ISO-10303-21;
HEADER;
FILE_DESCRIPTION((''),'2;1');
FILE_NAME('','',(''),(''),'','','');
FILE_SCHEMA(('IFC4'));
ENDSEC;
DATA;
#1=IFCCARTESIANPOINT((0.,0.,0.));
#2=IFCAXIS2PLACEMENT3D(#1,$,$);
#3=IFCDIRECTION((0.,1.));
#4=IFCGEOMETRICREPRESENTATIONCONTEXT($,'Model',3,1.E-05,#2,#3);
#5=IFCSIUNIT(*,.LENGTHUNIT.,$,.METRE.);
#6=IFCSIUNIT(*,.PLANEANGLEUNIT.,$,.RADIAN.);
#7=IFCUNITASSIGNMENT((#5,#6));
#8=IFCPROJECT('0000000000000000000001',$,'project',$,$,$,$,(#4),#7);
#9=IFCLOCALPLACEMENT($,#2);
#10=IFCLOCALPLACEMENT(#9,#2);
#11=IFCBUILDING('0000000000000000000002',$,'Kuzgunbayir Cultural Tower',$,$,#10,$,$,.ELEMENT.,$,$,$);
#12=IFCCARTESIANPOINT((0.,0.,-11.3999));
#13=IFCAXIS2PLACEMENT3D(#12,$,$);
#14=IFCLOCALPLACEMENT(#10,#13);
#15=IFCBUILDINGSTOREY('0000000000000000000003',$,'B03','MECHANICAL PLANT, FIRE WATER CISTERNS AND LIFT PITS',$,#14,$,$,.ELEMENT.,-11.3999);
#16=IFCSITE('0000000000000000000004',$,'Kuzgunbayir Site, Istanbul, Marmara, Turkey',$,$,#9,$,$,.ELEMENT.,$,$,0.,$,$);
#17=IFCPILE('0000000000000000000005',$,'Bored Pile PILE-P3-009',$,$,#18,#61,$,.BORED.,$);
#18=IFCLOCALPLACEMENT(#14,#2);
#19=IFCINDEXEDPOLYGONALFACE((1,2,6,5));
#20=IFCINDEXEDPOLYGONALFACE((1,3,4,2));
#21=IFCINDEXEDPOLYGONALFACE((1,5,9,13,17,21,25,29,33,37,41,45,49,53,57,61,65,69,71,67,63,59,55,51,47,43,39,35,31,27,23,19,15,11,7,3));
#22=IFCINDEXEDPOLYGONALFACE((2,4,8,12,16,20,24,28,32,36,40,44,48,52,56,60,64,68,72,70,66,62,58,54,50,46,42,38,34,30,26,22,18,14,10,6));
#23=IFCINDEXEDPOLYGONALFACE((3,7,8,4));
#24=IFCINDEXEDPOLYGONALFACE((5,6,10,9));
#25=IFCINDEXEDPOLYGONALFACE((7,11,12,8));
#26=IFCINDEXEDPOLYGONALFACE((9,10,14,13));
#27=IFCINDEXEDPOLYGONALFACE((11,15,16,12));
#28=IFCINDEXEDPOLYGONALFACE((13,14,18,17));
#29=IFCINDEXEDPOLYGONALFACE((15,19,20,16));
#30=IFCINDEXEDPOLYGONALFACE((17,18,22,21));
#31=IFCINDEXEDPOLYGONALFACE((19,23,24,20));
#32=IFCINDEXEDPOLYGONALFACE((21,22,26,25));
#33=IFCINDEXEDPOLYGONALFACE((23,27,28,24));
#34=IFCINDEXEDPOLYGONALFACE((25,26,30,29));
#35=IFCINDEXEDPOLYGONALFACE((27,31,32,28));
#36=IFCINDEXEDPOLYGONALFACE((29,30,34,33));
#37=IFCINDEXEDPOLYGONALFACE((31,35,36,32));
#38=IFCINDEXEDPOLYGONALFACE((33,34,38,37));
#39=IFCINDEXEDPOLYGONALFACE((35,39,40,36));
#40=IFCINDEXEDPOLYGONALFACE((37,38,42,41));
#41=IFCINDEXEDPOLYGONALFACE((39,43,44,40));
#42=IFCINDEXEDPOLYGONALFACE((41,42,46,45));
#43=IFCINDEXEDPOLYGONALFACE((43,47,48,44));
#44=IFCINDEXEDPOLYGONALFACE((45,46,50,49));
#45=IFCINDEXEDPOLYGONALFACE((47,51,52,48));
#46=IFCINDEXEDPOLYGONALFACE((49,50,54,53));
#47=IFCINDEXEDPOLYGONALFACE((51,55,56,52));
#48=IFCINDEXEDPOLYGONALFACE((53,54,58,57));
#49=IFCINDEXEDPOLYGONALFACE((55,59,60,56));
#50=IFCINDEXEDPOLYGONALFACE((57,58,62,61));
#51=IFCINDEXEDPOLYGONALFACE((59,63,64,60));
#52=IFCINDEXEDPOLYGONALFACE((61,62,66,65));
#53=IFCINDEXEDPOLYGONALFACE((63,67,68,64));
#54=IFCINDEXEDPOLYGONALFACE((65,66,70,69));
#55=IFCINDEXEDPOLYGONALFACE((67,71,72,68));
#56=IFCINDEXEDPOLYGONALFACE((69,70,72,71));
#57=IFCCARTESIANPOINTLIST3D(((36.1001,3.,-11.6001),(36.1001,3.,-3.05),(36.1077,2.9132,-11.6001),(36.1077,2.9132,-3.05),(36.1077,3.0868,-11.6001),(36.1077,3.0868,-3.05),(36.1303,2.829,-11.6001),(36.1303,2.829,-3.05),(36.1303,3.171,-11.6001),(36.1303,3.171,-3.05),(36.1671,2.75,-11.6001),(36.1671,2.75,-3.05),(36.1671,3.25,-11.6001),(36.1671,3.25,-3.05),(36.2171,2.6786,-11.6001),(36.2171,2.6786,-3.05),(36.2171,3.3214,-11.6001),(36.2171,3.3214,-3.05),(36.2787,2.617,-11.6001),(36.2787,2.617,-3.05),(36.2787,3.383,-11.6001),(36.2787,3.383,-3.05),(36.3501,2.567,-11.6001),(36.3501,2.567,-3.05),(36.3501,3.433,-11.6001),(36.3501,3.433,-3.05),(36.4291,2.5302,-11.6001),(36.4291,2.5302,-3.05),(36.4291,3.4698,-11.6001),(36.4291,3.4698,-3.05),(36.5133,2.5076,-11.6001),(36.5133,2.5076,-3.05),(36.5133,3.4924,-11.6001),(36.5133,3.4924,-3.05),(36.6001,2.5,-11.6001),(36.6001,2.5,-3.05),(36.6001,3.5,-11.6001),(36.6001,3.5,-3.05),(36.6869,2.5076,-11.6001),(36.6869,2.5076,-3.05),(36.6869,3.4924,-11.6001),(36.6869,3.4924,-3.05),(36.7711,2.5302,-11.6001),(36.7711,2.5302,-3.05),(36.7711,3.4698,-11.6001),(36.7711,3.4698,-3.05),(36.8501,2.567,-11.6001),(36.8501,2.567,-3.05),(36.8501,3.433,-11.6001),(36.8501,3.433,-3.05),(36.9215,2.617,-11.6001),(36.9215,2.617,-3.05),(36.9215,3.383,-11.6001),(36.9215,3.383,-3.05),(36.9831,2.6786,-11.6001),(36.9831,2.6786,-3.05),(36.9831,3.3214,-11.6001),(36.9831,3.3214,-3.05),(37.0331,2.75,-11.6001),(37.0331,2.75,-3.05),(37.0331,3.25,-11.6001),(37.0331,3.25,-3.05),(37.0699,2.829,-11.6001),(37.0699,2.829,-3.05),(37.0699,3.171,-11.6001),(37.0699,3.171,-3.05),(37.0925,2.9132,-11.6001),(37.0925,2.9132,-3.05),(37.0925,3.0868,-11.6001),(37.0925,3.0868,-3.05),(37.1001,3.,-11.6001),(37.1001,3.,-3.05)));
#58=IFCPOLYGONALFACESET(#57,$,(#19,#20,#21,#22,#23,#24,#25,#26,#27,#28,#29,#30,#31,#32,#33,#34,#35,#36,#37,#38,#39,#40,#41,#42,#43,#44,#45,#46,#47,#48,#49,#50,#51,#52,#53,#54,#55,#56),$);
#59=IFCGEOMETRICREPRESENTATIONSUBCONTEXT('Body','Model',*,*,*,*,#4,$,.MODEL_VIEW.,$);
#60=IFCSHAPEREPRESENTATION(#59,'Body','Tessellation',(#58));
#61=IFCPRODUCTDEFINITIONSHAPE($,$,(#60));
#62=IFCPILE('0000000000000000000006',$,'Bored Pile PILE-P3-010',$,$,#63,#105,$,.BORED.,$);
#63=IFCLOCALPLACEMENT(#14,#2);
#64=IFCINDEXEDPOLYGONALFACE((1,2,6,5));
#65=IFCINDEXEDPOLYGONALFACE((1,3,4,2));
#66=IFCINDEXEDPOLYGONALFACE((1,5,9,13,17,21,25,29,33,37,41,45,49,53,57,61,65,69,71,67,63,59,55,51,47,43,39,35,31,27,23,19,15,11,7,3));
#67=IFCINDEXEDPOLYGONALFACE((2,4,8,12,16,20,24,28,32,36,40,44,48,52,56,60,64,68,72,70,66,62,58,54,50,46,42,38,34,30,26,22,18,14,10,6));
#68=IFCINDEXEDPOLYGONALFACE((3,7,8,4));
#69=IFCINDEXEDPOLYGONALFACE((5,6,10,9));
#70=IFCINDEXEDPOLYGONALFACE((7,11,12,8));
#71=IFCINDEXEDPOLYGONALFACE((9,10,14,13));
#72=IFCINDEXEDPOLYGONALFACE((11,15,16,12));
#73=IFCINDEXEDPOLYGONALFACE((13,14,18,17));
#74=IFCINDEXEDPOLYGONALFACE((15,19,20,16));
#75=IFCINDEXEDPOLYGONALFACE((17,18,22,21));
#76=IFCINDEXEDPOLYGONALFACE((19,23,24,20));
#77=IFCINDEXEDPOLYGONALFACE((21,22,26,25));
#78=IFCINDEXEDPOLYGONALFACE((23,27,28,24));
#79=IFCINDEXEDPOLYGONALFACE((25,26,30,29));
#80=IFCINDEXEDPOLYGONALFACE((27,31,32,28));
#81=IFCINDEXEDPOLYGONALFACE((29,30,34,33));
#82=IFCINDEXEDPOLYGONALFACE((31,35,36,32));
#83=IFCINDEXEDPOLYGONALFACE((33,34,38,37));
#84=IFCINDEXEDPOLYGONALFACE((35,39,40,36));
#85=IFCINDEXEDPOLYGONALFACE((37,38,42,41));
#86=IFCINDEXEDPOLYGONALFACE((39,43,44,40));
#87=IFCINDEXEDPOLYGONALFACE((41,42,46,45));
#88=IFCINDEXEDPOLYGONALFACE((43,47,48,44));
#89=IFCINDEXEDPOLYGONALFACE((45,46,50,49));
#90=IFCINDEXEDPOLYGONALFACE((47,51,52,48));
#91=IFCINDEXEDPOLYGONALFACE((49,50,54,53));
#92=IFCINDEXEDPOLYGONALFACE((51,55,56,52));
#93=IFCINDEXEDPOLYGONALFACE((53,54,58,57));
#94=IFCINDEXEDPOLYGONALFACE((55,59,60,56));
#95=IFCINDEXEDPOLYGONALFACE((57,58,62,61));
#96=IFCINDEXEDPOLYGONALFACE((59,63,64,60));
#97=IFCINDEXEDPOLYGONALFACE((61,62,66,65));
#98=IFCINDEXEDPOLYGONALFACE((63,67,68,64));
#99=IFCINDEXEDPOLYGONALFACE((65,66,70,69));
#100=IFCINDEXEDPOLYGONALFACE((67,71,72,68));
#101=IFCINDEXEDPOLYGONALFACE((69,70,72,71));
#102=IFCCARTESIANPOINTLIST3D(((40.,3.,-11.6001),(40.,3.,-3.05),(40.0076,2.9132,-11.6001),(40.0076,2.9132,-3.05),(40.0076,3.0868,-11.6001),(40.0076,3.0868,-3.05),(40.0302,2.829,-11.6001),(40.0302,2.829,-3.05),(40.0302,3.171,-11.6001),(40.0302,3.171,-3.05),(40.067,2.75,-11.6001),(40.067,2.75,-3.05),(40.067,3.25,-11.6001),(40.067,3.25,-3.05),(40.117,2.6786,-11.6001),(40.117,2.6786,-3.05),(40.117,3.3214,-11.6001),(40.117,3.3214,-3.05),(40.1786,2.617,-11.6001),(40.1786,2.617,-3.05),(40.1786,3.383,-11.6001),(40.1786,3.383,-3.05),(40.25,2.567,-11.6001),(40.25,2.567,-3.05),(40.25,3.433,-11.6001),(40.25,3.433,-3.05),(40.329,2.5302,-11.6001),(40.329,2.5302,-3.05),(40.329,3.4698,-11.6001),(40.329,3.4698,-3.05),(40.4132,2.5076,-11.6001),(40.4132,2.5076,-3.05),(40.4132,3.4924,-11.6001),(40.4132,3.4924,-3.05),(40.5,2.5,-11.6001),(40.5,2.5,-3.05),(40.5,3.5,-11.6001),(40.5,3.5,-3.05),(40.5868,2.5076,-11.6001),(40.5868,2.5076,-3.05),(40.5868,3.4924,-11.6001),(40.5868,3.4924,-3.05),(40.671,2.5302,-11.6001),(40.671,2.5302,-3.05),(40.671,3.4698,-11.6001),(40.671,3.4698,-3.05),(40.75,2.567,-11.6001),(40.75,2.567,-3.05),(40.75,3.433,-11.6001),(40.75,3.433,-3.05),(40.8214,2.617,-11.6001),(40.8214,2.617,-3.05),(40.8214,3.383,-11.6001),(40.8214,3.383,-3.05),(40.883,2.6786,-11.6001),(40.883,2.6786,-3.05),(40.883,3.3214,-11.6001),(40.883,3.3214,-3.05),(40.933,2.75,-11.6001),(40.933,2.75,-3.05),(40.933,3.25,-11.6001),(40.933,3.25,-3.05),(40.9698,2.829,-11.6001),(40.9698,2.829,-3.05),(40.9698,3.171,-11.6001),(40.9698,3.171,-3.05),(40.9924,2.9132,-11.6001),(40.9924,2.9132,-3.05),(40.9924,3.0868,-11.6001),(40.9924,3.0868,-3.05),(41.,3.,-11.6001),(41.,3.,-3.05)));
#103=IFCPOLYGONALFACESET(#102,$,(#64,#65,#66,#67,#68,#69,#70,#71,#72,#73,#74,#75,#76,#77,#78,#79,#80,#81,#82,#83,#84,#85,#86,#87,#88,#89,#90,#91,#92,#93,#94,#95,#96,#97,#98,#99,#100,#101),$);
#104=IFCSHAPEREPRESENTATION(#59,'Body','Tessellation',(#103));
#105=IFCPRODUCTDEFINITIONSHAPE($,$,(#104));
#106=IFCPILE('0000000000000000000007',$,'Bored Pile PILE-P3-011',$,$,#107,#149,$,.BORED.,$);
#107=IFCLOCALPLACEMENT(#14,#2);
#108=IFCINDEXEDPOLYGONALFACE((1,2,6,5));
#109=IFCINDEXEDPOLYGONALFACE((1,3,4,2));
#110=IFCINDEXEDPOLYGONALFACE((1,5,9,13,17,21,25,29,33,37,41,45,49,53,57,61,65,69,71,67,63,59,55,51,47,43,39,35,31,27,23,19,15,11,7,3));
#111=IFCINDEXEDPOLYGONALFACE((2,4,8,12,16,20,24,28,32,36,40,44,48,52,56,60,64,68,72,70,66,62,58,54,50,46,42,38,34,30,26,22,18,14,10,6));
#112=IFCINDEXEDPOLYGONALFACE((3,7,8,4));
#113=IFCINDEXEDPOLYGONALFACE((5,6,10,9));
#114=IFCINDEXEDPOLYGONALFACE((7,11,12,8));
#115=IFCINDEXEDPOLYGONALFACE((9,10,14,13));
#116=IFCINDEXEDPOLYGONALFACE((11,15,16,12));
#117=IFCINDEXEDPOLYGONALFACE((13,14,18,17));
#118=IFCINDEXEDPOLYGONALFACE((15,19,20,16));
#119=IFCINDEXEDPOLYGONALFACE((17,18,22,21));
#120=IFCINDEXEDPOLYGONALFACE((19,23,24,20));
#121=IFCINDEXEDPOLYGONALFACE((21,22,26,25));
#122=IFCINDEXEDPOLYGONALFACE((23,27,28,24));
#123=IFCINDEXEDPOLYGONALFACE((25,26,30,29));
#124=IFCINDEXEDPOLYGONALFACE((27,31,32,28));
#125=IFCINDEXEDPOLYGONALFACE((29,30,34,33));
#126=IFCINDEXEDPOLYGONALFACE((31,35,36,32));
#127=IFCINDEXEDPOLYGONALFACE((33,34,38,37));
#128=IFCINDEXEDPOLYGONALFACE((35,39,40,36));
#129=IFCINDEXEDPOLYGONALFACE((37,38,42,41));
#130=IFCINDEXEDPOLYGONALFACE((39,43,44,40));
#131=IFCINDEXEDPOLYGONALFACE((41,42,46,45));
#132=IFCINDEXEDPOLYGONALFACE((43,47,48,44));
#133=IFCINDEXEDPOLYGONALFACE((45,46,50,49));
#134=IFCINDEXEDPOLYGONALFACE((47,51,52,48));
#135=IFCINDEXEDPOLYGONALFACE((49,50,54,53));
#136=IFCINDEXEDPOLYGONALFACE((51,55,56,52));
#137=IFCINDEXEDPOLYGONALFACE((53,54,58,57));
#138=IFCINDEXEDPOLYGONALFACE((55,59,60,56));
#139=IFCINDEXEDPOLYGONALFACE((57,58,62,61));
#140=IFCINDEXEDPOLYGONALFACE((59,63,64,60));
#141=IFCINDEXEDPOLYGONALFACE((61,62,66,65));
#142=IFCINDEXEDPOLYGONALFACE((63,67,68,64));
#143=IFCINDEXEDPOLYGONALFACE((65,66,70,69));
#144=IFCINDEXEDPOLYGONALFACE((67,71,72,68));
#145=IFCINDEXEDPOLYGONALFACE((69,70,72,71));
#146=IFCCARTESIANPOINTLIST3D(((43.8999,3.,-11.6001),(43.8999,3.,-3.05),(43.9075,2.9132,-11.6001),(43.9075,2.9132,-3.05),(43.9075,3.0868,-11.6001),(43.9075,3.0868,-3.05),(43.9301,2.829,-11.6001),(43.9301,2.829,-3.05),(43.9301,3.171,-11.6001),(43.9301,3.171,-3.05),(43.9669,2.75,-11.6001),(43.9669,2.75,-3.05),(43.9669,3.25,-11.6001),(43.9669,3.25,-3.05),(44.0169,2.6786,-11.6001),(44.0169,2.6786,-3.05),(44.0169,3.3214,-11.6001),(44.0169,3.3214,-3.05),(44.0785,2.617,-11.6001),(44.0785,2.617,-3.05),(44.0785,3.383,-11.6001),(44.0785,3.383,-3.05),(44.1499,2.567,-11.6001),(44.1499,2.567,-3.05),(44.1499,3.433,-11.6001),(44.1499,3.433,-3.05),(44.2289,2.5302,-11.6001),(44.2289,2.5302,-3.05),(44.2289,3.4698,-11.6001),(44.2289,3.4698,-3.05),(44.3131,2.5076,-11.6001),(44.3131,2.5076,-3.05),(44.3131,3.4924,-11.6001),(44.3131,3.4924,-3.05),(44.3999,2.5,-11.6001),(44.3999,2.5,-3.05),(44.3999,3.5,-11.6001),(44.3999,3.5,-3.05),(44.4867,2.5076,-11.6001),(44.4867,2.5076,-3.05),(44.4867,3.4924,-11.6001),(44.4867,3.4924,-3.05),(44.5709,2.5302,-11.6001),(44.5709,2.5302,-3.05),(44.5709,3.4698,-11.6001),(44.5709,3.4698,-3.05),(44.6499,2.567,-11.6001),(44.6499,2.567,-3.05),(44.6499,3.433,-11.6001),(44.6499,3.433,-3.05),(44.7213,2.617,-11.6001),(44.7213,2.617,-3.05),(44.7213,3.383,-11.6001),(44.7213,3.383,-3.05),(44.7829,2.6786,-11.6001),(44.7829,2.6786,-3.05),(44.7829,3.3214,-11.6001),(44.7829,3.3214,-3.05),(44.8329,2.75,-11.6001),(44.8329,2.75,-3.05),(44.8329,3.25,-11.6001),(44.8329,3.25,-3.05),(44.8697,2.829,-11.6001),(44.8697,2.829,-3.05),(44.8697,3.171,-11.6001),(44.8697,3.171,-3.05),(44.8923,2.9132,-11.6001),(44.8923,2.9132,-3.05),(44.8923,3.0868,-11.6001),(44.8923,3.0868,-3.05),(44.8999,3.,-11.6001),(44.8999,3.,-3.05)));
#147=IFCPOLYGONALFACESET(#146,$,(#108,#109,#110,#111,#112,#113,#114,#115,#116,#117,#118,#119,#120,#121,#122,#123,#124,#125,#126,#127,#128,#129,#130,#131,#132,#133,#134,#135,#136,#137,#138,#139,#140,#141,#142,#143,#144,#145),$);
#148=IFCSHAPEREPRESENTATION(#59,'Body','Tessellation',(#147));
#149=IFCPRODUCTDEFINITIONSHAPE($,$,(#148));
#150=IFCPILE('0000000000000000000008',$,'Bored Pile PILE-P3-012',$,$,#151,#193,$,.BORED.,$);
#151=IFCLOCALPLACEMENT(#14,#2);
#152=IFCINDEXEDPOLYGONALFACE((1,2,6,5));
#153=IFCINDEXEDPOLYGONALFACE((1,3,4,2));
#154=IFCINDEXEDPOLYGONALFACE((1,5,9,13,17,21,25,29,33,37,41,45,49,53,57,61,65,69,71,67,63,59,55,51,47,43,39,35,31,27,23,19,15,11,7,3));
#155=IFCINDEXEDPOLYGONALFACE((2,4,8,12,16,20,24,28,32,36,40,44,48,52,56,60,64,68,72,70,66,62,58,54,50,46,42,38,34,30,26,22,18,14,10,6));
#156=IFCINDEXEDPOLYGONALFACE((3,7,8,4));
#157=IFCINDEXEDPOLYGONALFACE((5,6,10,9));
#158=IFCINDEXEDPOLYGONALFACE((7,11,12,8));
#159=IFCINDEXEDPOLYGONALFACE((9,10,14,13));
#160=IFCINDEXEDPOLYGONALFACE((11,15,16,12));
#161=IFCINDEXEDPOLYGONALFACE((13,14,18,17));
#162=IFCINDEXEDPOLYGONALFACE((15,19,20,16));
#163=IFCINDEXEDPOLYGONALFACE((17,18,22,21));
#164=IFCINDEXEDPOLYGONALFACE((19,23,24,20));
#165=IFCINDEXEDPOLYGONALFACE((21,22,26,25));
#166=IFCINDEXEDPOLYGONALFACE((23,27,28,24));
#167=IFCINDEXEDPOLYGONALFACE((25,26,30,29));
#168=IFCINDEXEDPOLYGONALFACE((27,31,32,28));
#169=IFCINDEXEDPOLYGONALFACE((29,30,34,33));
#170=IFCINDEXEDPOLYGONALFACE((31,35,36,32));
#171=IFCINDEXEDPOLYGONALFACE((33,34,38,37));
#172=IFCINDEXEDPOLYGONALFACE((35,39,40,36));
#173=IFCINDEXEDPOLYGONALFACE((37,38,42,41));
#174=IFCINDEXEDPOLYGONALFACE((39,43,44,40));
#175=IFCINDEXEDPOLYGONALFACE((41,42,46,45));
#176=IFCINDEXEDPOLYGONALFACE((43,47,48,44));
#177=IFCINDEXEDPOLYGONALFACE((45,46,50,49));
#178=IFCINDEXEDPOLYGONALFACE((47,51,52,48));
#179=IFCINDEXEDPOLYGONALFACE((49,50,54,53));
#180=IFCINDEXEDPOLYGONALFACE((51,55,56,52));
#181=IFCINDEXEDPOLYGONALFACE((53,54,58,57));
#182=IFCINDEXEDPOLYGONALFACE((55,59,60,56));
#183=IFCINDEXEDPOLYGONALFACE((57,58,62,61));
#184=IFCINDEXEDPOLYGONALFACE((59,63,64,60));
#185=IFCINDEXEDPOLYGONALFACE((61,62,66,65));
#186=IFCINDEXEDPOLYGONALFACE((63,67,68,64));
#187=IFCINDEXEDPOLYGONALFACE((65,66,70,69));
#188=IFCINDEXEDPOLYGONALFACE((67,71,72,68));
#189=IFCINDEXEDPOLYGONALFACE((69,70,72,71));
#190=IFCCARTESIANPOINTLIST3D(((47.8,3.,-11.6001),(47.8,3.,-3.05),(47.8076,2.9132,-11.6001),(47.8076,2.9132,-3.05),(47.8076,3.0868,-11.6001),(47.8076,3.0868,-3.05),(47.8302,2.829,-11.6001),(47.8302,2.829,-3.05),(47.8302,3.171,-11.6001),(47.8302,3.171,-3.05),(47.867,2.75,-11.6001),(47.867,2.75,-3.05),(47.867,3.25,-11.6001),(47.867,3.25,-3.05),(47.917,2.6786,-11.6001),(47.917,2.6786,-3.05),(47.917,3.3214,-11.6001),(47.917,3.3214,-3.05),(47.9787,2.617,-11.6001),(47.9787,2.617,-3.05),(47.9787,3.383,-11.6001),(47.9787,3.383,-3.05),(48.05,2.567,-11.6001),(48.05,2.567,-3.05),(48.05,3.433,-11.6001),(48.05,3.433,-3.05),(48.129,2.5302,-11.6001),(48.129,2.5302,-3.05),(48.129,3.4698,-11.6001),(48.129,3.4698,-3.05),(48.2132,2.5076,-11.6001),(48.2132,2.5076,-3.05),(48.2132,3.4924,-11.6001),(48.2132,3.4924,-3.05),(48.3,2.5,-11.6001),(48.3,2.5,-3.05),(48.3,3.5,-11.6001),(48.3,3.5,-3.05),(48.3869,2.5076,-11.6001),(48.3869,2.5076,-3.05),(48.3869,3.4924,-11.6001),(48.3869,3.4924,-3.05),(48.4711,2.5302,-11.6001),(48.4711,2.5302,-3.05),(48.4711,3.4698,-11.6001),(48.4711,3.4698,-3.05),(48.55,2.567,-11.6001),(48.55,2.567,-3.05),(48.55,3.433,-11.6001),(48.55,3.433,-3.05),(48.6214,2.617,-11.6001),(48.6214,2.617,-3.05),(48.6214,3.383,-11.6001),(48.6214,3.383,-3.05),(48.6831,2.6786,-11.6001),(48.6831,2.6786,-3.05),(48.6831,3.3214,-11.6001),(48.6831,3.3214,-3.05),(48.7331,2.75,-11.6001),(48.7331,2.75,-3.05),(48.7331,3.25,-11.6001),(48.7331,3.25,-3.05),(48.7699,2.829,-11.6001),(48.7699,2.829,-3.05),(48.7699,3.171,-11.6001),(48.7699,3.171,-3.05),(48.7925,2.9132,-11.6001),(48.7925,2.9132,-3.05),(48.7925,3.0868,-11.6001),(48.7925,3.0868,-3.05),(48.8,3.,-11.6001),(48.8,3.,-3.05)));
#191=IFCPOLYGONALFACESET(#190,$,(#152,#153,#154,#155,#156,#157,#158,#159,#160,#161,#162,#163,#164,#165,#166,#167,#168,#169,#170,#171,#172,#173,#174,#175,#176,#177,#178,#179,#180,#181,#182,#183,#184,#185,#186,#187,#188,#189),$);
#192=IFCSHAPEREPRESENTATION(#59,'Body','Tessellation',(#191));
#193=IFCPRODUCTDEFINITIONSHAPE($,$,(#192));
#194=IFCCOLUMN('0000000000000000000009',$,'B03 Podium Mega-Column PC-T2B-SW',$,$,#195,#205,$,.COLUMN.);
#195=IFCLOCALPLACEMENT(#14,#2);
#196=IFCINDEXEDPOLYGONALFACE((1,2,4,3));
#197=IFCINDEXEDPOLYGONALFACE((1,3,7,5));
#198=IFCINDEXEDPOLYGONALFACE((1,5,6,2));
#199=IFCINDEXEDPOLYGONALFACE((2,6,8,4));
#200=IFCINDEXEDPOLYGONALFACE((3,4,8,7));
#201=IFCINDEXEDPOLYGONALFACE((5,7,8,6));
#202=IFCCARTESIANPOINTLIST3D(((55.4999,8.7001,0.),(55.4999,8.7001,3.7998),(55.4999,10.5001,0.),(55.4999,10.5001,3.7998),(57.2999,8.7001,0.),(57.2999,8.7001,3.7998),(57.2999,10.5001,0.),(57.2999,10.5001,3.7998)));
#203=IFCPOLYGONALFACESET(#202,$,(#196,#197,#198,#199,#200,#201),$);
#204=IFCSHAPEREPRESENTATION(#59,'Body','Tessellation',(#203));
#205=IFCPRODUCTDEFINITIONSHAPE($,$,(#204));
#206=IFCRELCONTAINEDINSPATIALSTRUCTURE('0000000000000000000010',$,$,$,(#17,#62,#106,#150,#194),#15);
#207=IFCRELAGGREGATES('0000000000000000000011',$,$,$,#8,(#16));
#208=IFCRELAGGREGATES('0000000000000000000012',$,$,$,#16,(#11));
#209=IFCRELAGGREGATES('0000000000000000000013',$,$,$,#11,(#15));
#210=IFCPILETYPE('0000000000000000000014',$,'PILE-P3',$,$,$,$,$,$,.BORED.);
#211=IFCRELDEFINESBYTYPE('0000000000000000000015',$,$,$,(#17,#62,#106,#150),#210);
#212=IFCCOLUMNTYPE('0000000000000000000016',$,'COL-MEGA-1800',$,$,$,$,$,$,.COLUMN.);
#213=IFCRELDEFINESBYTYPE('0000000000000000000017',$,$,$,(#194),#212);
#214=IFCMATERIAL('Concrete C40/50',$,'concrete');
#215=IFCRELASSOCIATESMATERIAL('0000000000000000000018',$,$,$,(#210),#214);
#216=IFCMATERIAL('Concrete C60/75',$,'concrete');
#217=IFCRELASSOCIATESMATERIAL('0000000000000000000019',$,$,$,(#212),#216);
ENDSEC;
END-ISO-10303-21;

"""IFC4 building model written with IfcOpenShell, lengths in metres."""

from ifc_helpers import new_model, si_unit, direction, frame, origin, origin_2d, place, context, subcontext, project, spatial, rectangle, circle, extrude, material, material_profile, profile_set, type_object, element, save


model = new_model("IFC4")

# Units and contexts
model_context = context("Model", 3, precision=1e-05, world=origin(), true_north=direction((0.0, 1.0)))
body_context = subcontext(model_context, "Body", "Model", "MODEL_VIEW")
ifc_project = project(units=[si_unit("LENGTHUNIT", "METRE"), si_unit("PLANEANGLEUNIT", "RADIAN")], contexts=[model_context])

# Site, building, storey
site_placement = place(None, origin())
site = spatial("IfcSite", under=ifc_project, at=site_placement, Name="Kuzgunbayir Site, Istanbul, Marmara, Turkey", CompositionType="ELEMENT", RefElevation=0.0)
building_placement = place(site_placement, origin())
building = spatial("IfcBuilding", under=site, at=building_placement, Name="Kuzgunbayir Cultural Tower", CompositionType="ELEMENT")
storey_placement = place(building_placement, frame((0.0, 0.0, -11.3999)))
storey = spatial("IfcBuildingStorey", under=building, at=storey_placement, Name="B03", Description="MECHANICAL PLANT, FIRE WATER CISTERNS AND LIFT PITS", CompositionType="ELEMENT", Elevation=-11.3999)

# Piles
ifc_material_1 = material(Name="Concrete C40/50", Category="concrete")
ifc_material_profile_1 = material_profile(ifc_material_1, circle(Radius=0.5, at=origin_2d()), Name="BORED PILE 1000")
ifc_profile_set_1 = profile_set([ifc_material_profile_1], Name="Concrete C40/50")
pile_type_1 = type_object("IfcPileType", Name="PILE-P3", PredefinedType="BORED", material=ifc_profile_set_1)
for number, where, z_axis, x_axis, name in (
    (1, (36.6001, 3.0, -3.05), (0.0, 0.0, -1.0), (1.0, 0.0, 0.0), "Bored Pile PILE-P3-009"),
    (2, (40.5, 3.0, -3.05), (0.0, 0.0, -1.0), (1.0, 0.0, 0.0), "Bored Pile PILE-P3-010"),
    (3, (44.3999, 3.0, -3.05), (0.0, 0.0, -1.0), (1.0, 0.0, 0.0), "Bored Pile PILE-P3-011"),
    (4, (48.3, 3.0, -3.05), (0.0, 0.0, -1.0), (1.0, 0.0, 0.0), "Bored Pile PILE-P3-012"),
):
    element("IfcPile", number, at=place(storey_placement, frame(where, z_axis=z_axis, x_axis=x_axis)), inside=storey, type_object=pile_type_1, Name=name, PredefinedType="BORED", context=body_context, shape_type="SweptSolid", body=[
        extrude(circle(Radius=0.5, at=origin_2d()), origin(), (0.0, 0.0, 1.0), 8.55),
    ])

# Column
ifc_material_2 = material(Name="Concrete C60/75", Category="concrete")
ifc_material_profile_2 = material_profile(ifc_material_2, rectangle(XDim=1.8, YDim=1.8, at=origin_2d()), Name="RC 1800x1800")
ifc_profile_set_2 = profile_set([ifc_material_profile_2], Name="Concrete C60/75")
column_type_1 = type_object("IfcColumnType", Name="COL-MEGA-1800", PredefinedType="COLUMN", material=ifc_profile_set_2)
for number, where, z_axis, x_axis, name in (
    (5, (56.3999, 9.6001, 0.0), (0.0, 0.0, 1.0), (1.0, 0.0, 0.0), "B03 Podium Mega-Column PC-T2B-SW"),
):
    element("IfcColumn", number, at=place(storey_placement, frame(where, z_axis=z_axis, x_axis=x_axis)), inside=storey, type_object=column_type_1, Name=name, PredefinedType="COLUMN", context=body_context, shape_type="SweptSolid", body=[
        extrude(rectangle(XDim=1.8, YDim=1.8, at=origin_2d()), origin(), (0.0, 0.0, 1.0), 3.7998),
    ])

save(model, "model.ifc")
